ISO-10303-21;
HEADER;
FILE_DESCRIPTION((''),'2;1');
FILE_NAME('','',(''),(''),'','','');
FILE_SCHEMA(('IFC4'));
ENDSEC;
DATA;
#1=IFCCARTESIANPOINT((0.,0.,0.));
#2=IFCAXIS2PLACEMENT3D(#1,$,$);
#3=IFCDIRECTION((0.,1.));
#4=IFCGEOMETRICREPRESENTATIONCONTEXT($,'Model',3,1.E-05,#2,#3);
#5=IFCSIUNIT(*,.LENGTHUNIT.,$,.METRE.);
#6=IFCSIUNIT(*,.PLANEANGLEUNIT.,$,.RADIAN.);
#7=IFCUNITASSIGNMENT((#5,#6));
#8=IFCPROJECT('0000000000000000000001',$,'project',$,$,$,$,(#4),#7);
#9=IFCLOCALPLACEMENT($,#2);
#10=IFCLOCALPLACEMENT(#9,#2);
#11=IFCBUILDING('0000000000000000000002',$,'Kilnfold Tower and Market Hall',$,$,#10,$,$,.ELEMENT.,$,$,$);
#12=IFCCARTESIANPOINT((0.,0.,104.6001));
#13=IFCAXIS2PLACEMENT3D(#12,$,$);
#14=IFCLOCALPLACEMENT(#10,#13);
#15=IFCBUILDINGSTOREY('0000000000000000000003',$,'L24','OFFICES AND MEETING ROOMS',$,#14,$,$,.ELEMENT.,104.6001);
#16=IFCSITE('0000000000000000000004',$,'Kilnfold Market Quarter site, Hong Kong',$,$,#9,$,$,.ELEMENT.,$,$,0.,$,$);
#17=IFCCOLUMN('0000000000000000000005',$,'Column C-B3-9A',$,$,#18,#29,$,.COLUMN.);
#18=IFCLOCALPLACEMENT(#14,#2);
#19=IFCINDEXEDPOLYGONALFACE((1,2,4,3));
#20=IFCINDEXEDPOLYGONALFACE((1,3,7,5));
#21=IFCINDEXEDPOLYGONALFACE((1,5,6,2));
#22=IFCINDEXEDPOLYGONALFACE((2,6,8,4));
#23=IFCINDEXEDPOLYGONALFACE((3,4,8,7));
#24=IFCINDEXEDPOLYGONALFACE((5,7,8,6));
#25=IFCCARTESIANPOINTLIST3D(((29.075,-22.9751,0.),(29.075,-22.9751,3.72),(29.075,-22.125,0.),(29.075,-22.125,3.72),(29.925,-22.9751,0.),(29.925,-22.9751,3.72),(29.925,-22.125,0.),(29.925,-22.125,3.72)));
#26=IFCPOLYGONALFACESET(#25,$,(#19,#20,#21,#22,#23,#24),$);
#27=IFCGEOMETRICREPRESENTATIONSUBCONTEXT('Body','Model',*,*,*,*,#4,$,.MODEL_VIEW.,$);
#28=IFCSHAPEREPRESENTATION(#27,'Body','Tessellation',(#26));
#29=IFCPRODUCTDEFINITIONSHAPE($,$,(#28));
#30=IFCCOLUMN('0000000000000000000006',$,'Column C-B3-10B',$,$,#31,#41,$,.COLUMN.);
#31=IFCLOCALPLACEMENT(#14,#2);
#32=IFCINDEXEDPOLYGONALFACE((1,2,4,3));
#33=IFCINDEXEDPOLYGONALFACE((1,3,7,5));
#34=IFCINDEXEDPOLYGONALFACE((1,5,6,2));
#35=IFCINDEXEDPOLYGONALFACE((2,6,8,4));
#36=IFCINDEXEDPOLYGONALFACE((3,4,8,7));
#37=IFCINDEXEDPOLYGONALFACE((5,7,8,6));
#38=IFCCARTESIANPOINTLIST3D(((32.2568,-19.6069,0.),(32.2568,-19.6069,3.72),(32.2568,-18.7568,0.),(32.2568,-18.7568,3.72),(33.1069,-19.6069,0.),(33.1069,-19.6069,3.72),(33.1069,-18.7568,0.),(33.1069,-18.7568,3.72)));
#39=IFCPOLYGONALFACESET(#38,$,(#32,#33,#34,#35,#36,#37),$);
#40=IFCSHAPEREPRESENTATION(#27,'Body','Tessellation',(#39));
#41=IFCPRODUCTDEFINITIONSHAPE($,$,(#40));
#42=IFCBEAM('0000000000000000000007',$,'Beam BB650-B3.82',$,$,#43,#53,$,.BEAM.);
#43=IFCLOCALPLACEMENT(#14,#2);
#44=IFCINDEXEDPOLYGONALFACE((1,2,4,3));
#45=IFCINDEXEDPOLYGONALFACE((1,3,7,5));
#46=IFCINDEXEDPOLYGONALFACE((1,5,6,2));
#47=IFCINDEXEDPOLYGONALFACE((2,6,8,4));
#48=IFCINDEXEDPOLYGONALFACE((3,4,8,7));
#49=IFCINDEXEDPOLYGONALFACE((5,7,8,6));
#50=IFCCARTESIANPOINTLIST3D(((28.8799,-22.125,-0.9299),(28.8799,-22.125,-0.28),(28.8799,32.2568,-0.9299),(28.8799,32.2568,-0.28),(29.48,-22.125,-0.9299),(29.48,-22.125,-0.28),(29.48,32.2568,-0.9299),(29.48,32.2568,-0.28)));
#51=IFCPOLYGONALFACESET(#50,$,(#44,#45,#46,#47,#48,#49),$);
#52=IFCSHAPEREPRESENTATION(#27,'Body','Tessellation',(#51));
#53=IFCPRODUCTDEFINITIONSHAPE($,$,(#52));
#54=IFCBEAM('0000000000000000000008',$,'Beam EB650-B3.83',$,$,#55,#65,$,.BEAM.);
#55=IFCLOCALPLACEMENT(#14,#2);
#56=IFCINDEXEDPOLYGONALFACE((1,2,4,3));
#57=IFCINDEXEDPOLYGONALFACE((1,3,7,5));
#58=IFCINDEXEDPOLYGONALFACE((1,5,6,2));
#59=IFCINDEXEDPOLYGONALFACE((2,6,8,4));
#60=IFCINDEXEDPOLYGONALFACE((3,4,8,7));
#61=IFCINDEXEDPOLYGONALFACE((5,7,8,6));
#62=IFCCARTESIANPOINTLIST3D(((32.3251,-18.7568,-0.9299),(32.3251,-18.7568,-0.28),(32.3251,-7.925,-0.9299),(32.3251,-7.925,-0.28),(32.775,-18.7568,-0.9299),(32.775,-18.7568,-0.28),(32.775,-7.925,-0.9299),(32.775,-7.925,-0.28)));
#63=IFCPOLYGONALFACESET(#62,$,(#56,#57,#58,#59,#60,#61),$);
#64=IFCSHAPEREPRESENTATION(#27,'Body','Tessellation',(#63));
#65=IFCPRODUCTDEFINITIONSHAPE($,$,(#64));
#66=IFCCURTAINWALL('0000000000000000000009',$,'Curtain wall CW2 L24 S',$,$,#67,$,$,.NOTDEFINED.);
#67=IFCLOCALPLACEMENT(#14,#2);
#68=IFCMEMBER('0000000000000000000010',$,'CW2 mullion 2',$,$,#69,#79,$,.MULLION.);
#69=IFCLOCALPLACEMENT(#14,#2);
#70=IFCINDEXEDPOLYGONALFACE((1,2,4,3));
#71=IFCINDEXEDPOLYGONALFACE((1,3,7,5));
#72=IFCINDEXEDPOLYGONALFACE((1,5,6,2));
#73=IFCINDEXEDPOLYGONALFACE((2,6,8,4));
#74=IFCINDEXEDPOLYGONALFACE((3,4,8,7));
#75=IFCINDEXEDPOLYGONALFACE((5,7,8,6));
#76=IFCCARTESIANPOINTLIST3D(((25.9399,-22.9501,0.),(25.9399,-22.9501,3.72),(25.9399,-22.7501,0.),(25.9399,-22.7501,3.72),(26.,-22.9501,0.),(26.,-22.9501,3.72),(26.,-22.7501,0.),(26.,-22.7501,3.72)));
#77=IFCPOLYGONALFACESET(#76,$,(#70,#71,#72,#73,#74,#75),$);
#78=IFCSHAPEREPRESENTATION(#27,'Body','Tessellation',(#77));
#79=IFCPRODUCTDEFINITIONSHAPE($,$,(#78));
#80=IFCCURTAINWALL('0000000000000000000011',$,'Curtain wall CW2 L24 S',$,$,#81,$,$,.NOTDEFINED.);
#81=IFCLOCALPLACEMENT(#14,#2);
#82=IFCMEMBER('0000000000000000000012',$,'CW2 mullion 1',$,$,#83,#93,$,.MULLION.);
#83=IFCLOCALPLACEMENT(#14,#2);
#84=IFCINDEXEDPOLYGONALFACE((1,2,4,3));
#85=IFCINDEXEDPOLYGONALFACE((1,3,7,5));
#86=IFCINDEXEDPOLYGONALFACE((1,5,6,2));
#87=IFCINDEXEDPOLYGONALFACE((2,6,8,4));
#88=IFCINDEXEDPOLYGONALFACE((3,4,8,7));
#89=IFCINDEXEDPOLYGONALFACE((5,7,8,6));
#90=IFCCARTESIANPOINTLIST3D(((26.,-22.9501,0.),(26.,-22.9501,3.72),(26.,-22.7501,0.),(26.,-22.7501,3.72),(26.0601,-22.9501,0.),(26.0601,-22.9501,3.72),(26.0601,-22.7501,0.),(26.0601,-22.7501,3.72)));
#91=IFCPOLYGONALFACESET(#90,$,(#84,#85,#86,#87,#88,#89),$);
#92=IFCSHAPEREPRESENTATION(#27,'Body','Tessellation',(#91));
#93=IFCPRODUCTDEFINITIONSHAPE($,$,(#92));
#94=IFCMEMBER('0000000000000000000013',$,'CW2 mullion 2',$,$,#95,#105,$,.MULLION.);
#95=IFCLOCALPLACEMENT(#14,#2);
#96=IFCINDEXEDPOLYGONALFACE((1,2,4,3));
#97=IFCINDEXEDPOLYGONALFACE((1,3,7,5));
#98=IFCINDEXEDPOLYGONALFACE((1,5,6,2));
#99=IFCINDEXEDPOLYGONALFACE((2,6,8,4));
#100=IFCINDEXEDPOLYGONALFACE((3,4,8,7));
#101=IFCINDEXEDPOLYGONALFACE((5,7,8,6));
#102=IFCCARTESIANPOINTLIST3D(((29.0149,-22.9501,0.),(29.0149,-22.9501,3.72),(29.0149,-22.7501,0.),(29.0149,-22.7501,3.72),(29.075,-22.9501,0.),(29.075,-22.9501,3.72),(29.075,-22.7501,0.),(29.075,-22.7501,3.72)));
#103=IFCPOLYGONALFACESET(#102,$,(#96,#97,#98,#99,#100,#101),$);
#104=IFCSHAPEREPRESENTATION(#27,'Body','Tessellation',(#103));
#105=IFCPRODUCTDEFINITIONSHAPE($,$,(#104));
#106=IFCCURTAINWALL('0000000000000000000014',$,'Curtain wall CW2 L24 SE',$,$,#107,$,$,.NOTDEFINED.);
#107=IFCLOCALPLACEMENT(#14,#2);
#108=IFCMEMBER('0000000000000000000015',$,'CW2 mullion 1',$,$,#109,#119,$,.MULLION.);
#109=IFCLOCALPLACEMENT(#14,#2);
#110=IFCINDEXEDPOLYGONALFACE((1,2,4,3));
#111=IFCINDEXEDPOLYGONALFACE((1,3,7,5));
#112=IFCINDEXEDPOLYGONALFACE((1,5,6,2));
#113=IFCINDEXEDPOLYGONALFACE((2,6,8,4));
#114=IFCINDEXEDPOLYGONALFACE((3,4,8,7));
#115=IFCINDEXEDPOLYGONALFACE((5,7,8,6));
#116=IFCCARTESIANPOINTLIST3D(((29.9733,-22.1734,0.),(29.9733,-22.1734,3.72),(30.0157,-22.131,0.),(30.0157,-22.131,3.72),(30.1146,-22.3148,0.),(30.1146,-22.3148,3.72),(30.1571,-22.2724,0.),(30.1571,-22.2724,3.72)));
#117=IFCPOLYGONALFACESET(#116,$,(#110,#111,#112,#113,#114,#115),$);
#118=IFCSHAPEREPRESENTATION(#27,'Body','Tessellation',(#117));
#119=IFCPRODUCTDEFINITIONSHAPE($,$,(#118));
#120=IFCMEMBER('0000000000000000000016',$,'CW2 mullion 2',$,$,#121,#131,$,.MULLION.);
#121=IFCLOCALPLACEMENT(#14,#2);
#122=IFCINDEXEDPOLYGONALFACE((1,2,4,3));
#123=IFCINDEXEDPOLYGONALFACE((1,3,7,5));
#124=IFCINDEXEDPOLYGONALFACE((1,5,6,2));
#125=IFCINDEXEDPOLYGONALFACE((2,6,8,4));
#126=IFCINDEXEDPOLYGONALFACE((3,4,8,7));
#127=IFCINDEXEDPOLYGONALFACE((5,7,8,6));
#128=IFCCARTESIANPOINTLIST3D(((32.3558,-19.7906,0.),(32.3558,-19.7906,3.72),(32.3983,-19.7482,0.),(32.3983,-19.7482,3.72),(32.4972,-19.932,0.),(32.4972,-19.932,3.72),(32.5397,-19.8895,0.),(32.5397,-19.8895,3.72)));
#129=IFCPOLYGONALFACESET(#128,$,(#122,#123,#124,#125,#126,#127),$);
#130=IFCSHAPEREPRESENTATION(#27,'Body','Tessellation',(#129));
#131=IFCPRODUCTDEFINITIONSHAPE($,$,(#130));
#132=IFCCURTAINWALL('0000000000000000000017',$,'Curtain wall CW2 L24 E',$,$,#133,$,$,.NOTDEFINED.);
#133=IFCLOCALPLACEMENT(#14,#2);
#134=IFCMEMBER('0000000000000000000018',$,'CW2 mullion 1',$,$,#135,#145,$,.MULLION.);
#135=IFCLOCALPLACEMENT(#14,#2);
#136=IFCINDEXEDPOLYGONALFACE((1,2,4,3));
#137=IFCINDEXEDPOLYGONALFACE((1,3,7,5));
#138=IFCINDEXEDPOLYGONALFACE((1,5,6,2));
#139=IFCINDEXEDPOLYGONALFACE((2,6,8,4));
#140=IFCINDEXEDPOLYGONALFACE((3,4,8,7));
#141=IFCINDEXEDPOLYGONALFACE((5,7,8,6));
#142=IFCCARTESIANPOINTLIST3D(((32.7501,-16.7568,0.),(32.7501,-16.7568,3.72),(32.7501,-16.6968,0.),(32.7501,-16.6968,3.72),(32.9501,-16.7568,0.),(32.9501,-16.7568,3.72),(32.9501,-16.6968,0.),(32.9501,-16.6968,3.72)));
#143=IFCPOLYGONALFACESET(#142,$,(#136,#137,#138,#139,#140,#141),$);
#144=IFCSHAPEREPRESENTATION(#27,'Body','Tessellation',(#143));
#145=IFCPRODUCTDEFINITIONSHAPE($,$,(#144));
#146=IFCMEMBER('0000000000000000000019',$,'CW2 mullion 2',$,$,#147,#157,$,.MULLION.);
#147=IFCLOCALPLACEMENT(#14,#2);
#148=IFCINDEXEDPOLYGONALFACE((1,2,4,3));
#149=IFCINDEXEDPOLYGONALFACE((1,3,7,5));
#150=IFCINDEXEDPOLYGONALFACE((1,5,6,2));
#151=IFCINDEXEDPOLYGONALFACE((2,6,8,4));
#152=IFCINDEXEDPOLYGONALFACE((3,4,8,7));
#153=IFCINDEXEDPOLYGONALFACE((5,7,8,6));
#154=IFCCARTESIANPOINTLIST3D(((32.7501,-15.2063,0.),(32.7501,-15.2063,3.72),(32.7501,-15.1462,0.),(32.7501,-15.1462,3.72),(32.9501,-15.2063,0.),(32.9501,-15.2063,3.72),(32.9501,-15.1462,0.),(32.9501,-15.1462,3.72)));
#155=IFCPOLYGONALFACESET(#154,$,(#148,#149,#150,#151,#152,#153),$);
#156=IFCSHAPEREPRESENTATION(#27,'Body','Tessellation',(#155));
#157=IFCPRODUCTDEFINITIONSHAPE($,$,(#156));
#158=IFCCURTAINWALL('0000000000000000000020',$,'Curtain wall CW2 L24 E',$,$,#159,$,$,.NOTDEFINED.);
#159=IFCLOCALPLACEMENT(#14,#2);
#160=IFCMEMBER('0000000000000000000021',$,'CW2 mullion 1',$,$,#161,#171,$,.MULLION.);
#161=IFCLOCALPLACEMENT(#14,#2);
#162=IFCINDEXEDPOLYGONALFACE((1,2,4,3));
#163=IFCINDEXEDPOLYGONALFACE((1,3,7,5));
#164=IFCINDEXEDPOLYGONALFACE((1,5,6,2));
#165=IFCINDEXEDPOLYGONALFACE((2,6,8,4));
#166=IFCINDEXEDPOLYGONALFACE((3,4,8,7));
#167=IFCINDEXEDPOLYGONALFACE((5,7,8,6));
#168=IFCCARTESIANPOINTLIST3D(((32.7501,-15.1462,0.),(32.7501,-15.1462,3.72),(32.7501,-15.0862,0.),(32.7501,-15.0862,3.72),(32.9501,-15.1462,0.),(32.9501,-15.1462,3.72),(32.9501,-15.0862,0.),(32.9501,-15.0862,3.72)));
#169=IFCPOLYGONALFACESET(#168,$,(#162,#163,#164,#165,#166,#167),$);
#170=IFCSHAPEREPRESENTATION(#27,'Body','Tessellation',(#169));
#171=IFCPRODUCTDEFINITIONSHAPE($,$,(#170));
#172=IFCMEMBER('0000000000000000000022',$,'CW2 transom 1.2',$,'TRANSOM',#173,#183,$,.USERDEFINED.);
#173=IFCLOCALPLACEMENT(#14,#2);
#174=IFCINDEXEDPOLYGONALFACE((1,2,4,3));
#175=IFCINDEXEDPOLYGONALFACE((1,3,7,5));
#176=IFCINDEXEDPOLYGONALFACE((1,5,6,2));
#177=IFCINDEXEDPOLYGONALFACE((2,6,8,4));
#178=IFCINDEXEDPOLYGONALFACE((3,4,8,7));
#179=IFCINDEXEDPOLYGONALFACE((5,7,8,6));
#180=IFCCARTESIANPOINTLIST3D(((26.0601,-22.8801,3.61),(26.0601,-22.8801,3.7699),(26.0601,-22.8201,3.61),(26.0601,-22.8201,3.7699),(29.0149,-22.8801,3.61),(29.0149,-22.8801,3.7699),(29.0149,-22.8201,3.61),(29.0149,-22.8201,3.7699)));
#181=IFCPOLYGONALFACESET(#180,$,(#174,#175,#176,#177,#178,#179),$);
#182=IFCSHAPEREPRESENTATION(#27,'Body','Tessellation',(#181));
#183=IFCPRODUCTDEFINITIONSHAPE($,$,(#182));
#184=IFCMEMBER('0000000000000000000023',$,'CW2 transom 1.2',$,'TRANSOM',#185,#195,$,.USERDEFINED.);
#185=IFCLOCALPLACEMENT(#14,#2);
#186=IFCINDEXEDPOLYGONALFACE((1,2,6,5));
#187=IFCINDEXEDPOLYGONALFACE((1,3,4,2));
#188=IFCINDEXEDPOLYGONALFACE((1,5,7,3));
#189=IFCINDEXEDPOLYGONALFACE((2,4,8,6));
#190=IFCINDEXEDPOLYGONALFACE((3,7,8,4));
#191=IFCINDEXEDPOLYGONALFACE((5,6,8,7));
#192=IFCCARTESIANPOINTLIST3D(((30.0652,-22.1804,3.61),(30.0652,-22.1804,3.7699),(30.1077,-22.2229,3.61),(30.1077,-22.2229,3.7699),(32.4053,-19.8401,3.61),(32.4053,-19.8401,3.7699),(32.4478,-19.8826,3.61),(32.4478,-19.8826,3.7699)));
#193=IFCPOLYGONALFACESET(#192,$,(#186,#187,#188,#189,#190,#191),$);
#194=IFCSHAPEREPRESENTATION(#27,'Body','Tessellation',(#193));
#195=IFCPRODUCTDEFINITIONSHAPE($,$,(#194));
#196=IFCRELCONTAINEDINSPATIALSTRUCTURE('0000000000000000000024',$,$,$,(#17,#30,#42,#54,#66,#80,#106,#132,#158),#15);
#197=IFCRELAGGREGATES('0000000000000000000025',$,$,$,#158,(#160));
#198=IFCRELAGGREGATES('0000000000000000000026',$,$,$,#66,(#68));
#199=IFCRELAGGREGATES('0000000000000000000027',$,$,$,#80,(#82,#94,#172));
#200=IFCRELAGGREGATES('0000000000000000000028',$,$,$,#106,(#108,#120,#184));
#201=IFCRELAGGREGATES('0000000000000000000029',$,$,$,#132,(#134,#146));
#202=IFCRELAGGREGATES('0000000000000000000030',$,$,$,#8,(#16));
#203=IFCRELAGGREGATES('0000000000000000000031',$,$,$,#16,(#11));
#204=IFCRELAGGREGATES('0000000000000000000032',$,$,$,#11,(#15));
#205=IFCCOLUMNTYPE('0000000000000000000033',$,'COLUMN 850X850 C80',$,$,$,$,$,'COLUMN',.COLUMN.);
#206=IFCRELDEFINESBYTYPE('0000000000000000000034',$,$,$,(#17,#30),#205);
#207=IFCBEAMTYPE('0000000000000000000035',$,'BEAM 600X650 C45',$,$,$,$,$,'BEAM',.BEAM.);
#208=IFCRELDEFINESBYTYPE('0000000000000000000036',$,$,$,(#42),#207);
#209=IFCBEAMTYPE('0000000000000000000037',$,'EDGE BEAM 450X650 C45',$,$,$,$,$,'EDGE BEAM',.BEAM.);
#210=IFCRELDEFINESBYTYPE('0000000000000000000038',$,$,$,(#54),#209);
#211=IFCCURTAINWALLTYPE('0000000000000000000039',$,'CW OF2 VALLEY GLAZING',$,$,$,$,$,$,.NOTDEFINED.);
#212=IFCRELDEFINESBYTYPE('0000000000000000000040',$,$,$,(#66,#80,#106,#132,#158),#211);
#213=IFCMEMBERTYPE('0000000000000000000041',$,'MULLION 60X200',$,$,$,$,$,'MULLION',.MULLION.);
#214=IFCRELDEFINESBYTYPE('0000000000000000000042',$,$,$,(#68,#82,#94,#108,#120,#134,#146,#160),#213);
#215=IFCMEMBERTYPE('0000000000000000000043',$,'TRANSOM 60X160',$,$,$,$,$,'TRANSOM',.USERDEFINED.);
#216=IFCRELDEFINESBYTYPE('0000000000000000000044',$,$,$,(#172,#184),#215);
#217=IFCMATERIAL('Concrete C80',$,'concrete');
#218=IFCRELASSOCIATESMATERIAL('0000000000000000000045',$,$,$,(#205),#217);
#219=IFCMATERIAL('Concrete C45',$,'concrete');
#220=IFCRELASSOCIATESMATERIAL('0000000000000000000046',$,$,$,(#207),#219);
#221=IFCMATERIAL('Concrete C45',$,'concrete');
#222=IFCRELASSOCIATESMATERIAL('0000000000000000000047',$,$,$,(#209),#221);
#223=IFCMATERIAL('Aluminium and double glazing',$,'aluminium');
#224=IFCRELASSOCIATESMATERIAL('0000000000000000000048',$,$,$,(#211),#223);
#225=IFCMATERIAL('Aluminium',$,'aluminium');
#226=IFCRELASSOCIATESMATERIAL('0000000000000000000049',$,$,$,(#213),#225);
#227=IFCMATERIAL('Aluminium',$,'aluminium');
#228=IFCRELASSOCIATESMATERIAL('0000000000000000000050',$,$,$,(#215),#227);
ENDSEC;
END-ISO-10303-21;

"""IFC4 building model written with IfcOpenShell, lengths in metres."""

from ifc_helpers import new_model, si_unit, direction, frame, origin, origin_2d, place, context, subcontext, project, spatial, rectangle, extrude, source, transform, mapped, material, material_profile, profile_set, type_object, element, aggregate, save


model = new_model("IFC4")

# Units and contexts
model_context = context("Model", 3, precision=1e-05, world=origin(), true_north=direction((0.0, 1.0)))
body_context = subcontext(model_context, "Body", "Model", "MODEL_VIEW")
ifc_project = project(units=[si_unit("LENGTHUNIT", "METRE"), si_unit("PLANEANGLEUNIT", "RADIAN")], contexts=[model_context])

# Site, building, storey
site_placement = place(None, origin())
site = spatial("IfcSite", under=ifc_project, at=site_placement, Name="Kilnfold Market Quarter site, Hong Kong", CompositionType="ELEMENT", RefElevation=0.0)
building_placement = place(site_placement, origin())
building = spatial("IfcBuilding", under=site, at=building_placement, Name="Kilnfold Tower and Market Hall", CompositionType="ELEMENT")
storey_placement = place(building_placement, frame((0.0, 0.0, 104.6001)))
storey = spatial("IfcBuildingStorey", under=building, at=storey_placement, Name="L24", Description="OFFICES AND MEETING ROOMS", CompositionType="ELEMENT", Elevation=104.6001)

# Columns
ifc_material_1 = material(Name="Concrete C80", Category="concrete")
ifc_material_profile_1 = material_profile(ifc_material_1, rectangle(XDim=0.8501, YDim=0.8501, at=origin_2d()), Name="RC 850x850")
ifc_profile_set_1 = profile_set([ifc_material_profile_1], Name="Concrete C80")
column_type = type_object("IfcColumnType", Name="COLUMN 850X850 C80", ElementType="COLUMN", PredefinedType="COLUMN", material=ifc_profile_set_1)
shared_shape_1 = source(origin(), body_context, "Body", "SweptSolid", [
    extrude(rectangle(XDim=0.8501, YDim=0.8501, at=origin_2d()), origin(), (0.0, 0.0, 1.0), 3.72),
])
for number, where, z_axis, x_axis, name in (
    (1, (29.5, -22.55, 0.0), (0.0, 0.0, 1.0), (1.0, 0.0, 0.0), "Column C-B3-9A"),
    (2, (32.6819, -19.1819, 0.0), (0.0, 0.0, 1.0), (1.0, 0.0, 0.0), "Column C-B3-10B"),
):
    element("IfcColumn", number, at=place(storey_placement, frame(where, z_axis=z_axis, x_axis=x_axis)), inside=storey, type_object=column_type, Name=name, PredefinedType="COLUMN", context=body_context, shape_type="MappedRepresentation", body=[
        mapped(shared_shape_1, transform((0.0, 0.0, 0.0))),
    ])

# Beams
ifc_material_2 = material(Name="Concrete C45", Category="concrete")
ifc_material_profile_2 = material_profile(ifc_material_2, rectangle(XDim=0.6001, YDim=0.6499, at=origin_2d()), Name="RC 600x650")
ifc_profile_set_2 = profile_set([ifc_material_profile_2], Name="Concrete C45")
beam_type_1 = type_object("IfcBeamType", Name="BEAM 600X650 C45", ElementType="BEAM", PredefinedType="BEAM", material=ifc_profile_set_2)
shared_shape_2 = source(origin(), body_context, "Body", "SweptSolid", [
    extrude(rectangle(XDim=0.6001, YDim=0.6499, at=origin_2d()), origin(), (0.0, 0.0, 1.0), 54.3818),
])
beam_1_placement = place(storey_placement, frame((29.1799, -22.125, -0.605), z_axis=(0.0, 1.0, 0.0), x_axis=(-1.0, 0.0, 0.0)))
element("IfcBeam", 3, at=beam_1_placement, inside=storey, type_object=beam_type_1, Name="Beam BB650-B3.82", PredefinedType="BEAM", context=body_context, shape_type="MappedRepresentation", body=[
    mapped(shared_shape_2, transform((0.0, 0.0, 0.0))),
])
ifc_material_3 = material(Name="Concrete C45", Category="concrete")
ifc_material_profile_3 = material_profile(ifc_material_3, rectangle(XDim=0.45, YDim=0.6499, at=origin_2d()), Name="RC 450x650")
ifc_profile_set_3 = profile_set([ifc_material_profile_3], Name="Concrete C45")
beam_type_2 = type_object("IfcBeamType", Name="EDGE BEAM 450X650 C45", ElementType="EDGE BEAM", PredefinedType="BEAM", material=ifc_profile_set_3)
shared_shape_3 = source(origin(), body_context, "Body", "SweptSolid", [
    extrude(rectangle(XDim=0.45, YDim=0.6499, at=origin_2d()), origin(), (0.0, 0.0, 1.0), 10.8318),
])
beam_2_placement = place(storey_placement, frame((32.55, -18.7568, -0.605), z_axis=(0.0, 1.0, 0.0), x_axis=(-1.0, 0.0, 0.0)))
element("IfcBeam", 4, at=beam_2_placement, inside=storey, type_object=beam_type_2, Name="Beam EB650-B3.83", PredefinedType="BEAM", context=body_context, shape_type="MappedRepresentation", body=[
    mapped(shared_shape_3, transform((0.0, 0.0, 0.0))),
])

# Curtain wall, member
ifc_material_4 = material(Name="Aluminium and double glazing", Category="aluminium")
curtain_wall_type = type_object("IfcCurtainWallType", Name="CW OF2 VALLEY GLAZING", PredefinedType="NOTDEFINED", material=ifc_material_4)
curtain_wall_1_placement = place(storey_placement, origin())
curtain_wall_1 = element("IfcCurtainWall", 5, at=curtain_wall_1_placement, inside=storey, type_object=curtain_wall_type, Name="Curtain wall CW2 L24 S", PredefinedType="NOTDEFINED")
ifc_material_5 = material(Name="Aluminium", Category="aluminium")
ifc_material_profile_4 = material_profile(ifc_material_5, rectangle(XDim=0.0601, YDim=0.2, at=origin_2d()), Name="MULLION 60x200")
ifc_profile_set_4 = profile_set([ifc_material_profile_4], Name="Aluminium")
member_type_1 = type_object("IfcMemberType", Name="MULLION 60X200", ElementType="MULLION", PredefinedType="MULLION", material=ifc_profile_set_4)
shared_shape_4 = source(origin(), body_context, "Body", "SweptSolid", [
    extrude(rectangle(XDim=0.0601, YDim=0.2, at=origin_2d()), origin(), (0.0, 0.0, 1.0), 3.72),
])
member_1_placement = place(storey_placement, frame((25.97, -22.8501, 0.0), z_axis=(0.0, 0.0, 1.0), x_axis=(1.0, 0.0, 0.0)))
member_1 = element("IfcMember", 6, at=member_1_placement, type_object=member_type_1, Name="CW2 mullion 2", PredefinedType="MULLION", context=body_context, shape_type="MappedRepresentation", body=[
    mapped(shared_shape_4, transform((0.0, 0.0, 0.0))),
])

# Curtain walls, members
curtain_wall_2_placement = place(storey_placement, origin())
curtain_wall_2 = element("IfcCurtainWall", 7, at=curtain_wall_2_placement, inside=storey, type_object=curtain_wall_type, Name="Curtain wall CW2 L24 S", PredefinedType="NOTDEFINED")
member_2_placement = place(storey_placement, frame((26.03, -22.8501, 0.0), z_axis=(0.0, 0.0, 1.0), x_axis=(1.0, 0.0, 0.0)))
member_2 = element("IfcMember", 8, at=member_2_placement, type_object=member_type_1, Name="CW2 mullion 1", PredefinedType="MULLION", context=body_context, shape_type="MappedRepresentation", body=[
    mapped(shared_shape_4, transform((0.0, 0.0, 0.0))),
])
member_3_placement = place(storey_placement, frame((29.0449, -22.8501, 0.0), z_axis=(0.0, 0.0, 1.0), x_axis=(1.0, 0.0, 0.0)))
member_3 = element("IfcMember", 9, at=member_3_placement, type_object=member_type_1, Name="CW2 mullion 2", PredefinedType="MULLION", context=body_context, shape_type="MappedRepresentation", body=[
    mapped(shared_shape_4, transform((0.0, 0.0, 0.0))),
])
curtain_wall_3_placement = place(storey_placement, origin())
curtain_wall_3 = element("IfcCurtainWall", 10, at=curtain_wall_3_placement, inside=storey, type_object=curtain_wall_type, Name="Curtain wall CW2 L24 SE", PredefinedType="NOTDEFINED")
member_4_placement = place(storey_placement, frame((30.0652, -22.2229, 0.0), z_axis=(0.0, 0.0, 1.0), x_axis=(0.707092, 0.707121, 0.0)))
member_4 = element("IfcMember", 11, at=member_4_placement, type_object=member_type_1, Name="CW2 mullion 1", PredefinedType="MULLION", context=body_context, shape_type="MappedRepresentation", body=[
    mapped(shared_shape_4, transform((0.0, 0.0, 0.0))),
])
member_5_placement = place(storey_placement, frame((32.4478, -19.8401, 0.0), z_axis=(0.0, 0.0, 1.0), x_axis=(0.707092, 0.707121, 0.0)))
member_5 = element("IfcMember", 12, at=member_5_placement, type_object=member_type_1, Name="CW2 mullion 2", PredefinedType="MULLION", context=body_context, shape_type="MappedRepresentation", body=[
    mapped(shared_shape_4, transform((0.0, 0.0, 0.0))),
])
curtain_wall_4_placement = place(storey_placement, origin())
curtain_wall_4 = element("IfcCurtainWall", 13, at=curtain_wall_4_placement, inside=storey, type_object=curtain_wall_type, Name="Curtain wall CW2 L24 E", PredefinedType="NOTDEFINED")
member_6_placement = place(storey_placement, frame((32.8501, -16.7268, 0.0), z_axis=(0.0, 0.0, 1.0), x_axis=(0.0, 1.0, 0.0)))
member_6 = element("IfcMember", 14, at=member_6_placement, type_object=member_type_1, Name="CW2 mullion 1", PredefinedType="MULLION", context=body_context, shape_type="MappedRepresentation", body=[
    mapped(shared_shape_4, transform((0.0, 0.0, 0.0))),
])
member_7_placement = place(storey_placement, frame((32.8501, -15.1763, 0.0), z_axis=(0.0, 0.0, 1.0), x_axis=(0.0, 1.0, 0.0)))
member_7 = element("IfcMember", 15, at=member_7_placement, type_object=member_type_1, Name="CW2 mullion 2", PredefinedType="MULLION", context=body_context, shape_type="MappedRepresentation", body=[
    mapped(shared_shape_4, transform((0.0, 0.0, 0.0))),
])

# Curtain wall, member
curtain_wall_5_placement = place(storey_placement, origin())
curtain_wall_5 = element("IfcCurtainWall", 16, at=curtain_wall_5_placement, inside=storey, type_object=curtain_wall_type, Name="Curtain wall CW2 L24 E", PredefinedType="NOTDEFINED")
member_8_placement = place(storey_placement, frame((32.8501, -15.1162, 0.0), z_axis=(0.0, 0.0, 1.0), x_axis=(0.0, 1.0, 0.0)))
member_8 = element("IfcMember", 17, at=member_8_placement, type_object=member_type_1, Name="CW2 mullion 1", PredefinedType="MULLION", context=body_context, shape_type="MappedRepresentation", body=[
    mapped(shared_shape_4, transform((0.0, 0.0, 0.0))),
])
aggregate(curtain_wall_5, [member_8])

# Members
ifc_material_6 = material(Name="Aluminium", Category="aluminium")
ifc_material_profile_5 = material_profile(ifc_material_6, rectangle(XDim=0.0601, YDim=0.1599, at=origin_2d()), Name="TRANSOM 60x160")
ifc_profile_set_5 = profile_set([ifc_material_profile_5], Name="Aluminium")
member_type_2 = type_object("IfcMemberType", Name="TRANSOM 60X160", ElementType="TRANSOM", PredefinedType="USERDEFINED", material=ifc_profile_set_5)
shared_shape_5 = source(origin(), body_context, "Body", "SweptSolid", [
    extrude(rectangle(XDim=0.0601, YDim=0.1599, at=origin_2d()), origin(), (0.0, 0.0, 1.0), 2.9548),
])
member_9_placement = place(storey_placement, frame((26.0601, -22.8501, 3.6899), z_axis=(1.0, 0.0, 0.0), x_axis=(0.0, 1.0, 0.0)))
member_9 = element("IfcMember", 18, at=member_9_placement, type_object=member_type_2, Name="CW2 transom 1.2", ObjectType="TRANSOM", PredefinedType="USERDEFINED", context=body_context, shape_type="MappedRepresentation", body=[
    mapped(shared_shape_5, transform((0.0, 0.0, 0.0))),
])
shared_shape_6 = source(origin(), body_context, "Body", "SweptSolid", [
    extrude(rectangle(XDim=0.0601, YDim=0.1599, at=origin_2d()), origin(), (0.0, 0.0, 1.0), 3.3096),
])
member_10_placement = place(storey_placement, frame((30.0864, -22.2017, 3.6899), z_axis=(0.70707, 0.707144, 0.0), x_axis=(-0.707144, 0.70707, 0.0)))
member_10 = element("IfcMember", 19, at=member_10_placement, type_object=member_type_2, Name="CW2 transom 1.2", ObjectType="TRANSOM", PredefinedType="USERDEFINED", context=body_context, shape_type="MappedRepresentation", body=[
    mapped(shared_shape_6, transform((0.0, 0.0, 0.0))),
])

aggregate(curtain_wall_1, [member_1])
aggregate(curtain_wall_2, [member_2, member_3, member_9])
aggregate(curtain_wall_3, [member_4, member_5, member_10])
aggregate(curtain_wall_4, [member_6, member_7])

save(model, "model.ifc")
